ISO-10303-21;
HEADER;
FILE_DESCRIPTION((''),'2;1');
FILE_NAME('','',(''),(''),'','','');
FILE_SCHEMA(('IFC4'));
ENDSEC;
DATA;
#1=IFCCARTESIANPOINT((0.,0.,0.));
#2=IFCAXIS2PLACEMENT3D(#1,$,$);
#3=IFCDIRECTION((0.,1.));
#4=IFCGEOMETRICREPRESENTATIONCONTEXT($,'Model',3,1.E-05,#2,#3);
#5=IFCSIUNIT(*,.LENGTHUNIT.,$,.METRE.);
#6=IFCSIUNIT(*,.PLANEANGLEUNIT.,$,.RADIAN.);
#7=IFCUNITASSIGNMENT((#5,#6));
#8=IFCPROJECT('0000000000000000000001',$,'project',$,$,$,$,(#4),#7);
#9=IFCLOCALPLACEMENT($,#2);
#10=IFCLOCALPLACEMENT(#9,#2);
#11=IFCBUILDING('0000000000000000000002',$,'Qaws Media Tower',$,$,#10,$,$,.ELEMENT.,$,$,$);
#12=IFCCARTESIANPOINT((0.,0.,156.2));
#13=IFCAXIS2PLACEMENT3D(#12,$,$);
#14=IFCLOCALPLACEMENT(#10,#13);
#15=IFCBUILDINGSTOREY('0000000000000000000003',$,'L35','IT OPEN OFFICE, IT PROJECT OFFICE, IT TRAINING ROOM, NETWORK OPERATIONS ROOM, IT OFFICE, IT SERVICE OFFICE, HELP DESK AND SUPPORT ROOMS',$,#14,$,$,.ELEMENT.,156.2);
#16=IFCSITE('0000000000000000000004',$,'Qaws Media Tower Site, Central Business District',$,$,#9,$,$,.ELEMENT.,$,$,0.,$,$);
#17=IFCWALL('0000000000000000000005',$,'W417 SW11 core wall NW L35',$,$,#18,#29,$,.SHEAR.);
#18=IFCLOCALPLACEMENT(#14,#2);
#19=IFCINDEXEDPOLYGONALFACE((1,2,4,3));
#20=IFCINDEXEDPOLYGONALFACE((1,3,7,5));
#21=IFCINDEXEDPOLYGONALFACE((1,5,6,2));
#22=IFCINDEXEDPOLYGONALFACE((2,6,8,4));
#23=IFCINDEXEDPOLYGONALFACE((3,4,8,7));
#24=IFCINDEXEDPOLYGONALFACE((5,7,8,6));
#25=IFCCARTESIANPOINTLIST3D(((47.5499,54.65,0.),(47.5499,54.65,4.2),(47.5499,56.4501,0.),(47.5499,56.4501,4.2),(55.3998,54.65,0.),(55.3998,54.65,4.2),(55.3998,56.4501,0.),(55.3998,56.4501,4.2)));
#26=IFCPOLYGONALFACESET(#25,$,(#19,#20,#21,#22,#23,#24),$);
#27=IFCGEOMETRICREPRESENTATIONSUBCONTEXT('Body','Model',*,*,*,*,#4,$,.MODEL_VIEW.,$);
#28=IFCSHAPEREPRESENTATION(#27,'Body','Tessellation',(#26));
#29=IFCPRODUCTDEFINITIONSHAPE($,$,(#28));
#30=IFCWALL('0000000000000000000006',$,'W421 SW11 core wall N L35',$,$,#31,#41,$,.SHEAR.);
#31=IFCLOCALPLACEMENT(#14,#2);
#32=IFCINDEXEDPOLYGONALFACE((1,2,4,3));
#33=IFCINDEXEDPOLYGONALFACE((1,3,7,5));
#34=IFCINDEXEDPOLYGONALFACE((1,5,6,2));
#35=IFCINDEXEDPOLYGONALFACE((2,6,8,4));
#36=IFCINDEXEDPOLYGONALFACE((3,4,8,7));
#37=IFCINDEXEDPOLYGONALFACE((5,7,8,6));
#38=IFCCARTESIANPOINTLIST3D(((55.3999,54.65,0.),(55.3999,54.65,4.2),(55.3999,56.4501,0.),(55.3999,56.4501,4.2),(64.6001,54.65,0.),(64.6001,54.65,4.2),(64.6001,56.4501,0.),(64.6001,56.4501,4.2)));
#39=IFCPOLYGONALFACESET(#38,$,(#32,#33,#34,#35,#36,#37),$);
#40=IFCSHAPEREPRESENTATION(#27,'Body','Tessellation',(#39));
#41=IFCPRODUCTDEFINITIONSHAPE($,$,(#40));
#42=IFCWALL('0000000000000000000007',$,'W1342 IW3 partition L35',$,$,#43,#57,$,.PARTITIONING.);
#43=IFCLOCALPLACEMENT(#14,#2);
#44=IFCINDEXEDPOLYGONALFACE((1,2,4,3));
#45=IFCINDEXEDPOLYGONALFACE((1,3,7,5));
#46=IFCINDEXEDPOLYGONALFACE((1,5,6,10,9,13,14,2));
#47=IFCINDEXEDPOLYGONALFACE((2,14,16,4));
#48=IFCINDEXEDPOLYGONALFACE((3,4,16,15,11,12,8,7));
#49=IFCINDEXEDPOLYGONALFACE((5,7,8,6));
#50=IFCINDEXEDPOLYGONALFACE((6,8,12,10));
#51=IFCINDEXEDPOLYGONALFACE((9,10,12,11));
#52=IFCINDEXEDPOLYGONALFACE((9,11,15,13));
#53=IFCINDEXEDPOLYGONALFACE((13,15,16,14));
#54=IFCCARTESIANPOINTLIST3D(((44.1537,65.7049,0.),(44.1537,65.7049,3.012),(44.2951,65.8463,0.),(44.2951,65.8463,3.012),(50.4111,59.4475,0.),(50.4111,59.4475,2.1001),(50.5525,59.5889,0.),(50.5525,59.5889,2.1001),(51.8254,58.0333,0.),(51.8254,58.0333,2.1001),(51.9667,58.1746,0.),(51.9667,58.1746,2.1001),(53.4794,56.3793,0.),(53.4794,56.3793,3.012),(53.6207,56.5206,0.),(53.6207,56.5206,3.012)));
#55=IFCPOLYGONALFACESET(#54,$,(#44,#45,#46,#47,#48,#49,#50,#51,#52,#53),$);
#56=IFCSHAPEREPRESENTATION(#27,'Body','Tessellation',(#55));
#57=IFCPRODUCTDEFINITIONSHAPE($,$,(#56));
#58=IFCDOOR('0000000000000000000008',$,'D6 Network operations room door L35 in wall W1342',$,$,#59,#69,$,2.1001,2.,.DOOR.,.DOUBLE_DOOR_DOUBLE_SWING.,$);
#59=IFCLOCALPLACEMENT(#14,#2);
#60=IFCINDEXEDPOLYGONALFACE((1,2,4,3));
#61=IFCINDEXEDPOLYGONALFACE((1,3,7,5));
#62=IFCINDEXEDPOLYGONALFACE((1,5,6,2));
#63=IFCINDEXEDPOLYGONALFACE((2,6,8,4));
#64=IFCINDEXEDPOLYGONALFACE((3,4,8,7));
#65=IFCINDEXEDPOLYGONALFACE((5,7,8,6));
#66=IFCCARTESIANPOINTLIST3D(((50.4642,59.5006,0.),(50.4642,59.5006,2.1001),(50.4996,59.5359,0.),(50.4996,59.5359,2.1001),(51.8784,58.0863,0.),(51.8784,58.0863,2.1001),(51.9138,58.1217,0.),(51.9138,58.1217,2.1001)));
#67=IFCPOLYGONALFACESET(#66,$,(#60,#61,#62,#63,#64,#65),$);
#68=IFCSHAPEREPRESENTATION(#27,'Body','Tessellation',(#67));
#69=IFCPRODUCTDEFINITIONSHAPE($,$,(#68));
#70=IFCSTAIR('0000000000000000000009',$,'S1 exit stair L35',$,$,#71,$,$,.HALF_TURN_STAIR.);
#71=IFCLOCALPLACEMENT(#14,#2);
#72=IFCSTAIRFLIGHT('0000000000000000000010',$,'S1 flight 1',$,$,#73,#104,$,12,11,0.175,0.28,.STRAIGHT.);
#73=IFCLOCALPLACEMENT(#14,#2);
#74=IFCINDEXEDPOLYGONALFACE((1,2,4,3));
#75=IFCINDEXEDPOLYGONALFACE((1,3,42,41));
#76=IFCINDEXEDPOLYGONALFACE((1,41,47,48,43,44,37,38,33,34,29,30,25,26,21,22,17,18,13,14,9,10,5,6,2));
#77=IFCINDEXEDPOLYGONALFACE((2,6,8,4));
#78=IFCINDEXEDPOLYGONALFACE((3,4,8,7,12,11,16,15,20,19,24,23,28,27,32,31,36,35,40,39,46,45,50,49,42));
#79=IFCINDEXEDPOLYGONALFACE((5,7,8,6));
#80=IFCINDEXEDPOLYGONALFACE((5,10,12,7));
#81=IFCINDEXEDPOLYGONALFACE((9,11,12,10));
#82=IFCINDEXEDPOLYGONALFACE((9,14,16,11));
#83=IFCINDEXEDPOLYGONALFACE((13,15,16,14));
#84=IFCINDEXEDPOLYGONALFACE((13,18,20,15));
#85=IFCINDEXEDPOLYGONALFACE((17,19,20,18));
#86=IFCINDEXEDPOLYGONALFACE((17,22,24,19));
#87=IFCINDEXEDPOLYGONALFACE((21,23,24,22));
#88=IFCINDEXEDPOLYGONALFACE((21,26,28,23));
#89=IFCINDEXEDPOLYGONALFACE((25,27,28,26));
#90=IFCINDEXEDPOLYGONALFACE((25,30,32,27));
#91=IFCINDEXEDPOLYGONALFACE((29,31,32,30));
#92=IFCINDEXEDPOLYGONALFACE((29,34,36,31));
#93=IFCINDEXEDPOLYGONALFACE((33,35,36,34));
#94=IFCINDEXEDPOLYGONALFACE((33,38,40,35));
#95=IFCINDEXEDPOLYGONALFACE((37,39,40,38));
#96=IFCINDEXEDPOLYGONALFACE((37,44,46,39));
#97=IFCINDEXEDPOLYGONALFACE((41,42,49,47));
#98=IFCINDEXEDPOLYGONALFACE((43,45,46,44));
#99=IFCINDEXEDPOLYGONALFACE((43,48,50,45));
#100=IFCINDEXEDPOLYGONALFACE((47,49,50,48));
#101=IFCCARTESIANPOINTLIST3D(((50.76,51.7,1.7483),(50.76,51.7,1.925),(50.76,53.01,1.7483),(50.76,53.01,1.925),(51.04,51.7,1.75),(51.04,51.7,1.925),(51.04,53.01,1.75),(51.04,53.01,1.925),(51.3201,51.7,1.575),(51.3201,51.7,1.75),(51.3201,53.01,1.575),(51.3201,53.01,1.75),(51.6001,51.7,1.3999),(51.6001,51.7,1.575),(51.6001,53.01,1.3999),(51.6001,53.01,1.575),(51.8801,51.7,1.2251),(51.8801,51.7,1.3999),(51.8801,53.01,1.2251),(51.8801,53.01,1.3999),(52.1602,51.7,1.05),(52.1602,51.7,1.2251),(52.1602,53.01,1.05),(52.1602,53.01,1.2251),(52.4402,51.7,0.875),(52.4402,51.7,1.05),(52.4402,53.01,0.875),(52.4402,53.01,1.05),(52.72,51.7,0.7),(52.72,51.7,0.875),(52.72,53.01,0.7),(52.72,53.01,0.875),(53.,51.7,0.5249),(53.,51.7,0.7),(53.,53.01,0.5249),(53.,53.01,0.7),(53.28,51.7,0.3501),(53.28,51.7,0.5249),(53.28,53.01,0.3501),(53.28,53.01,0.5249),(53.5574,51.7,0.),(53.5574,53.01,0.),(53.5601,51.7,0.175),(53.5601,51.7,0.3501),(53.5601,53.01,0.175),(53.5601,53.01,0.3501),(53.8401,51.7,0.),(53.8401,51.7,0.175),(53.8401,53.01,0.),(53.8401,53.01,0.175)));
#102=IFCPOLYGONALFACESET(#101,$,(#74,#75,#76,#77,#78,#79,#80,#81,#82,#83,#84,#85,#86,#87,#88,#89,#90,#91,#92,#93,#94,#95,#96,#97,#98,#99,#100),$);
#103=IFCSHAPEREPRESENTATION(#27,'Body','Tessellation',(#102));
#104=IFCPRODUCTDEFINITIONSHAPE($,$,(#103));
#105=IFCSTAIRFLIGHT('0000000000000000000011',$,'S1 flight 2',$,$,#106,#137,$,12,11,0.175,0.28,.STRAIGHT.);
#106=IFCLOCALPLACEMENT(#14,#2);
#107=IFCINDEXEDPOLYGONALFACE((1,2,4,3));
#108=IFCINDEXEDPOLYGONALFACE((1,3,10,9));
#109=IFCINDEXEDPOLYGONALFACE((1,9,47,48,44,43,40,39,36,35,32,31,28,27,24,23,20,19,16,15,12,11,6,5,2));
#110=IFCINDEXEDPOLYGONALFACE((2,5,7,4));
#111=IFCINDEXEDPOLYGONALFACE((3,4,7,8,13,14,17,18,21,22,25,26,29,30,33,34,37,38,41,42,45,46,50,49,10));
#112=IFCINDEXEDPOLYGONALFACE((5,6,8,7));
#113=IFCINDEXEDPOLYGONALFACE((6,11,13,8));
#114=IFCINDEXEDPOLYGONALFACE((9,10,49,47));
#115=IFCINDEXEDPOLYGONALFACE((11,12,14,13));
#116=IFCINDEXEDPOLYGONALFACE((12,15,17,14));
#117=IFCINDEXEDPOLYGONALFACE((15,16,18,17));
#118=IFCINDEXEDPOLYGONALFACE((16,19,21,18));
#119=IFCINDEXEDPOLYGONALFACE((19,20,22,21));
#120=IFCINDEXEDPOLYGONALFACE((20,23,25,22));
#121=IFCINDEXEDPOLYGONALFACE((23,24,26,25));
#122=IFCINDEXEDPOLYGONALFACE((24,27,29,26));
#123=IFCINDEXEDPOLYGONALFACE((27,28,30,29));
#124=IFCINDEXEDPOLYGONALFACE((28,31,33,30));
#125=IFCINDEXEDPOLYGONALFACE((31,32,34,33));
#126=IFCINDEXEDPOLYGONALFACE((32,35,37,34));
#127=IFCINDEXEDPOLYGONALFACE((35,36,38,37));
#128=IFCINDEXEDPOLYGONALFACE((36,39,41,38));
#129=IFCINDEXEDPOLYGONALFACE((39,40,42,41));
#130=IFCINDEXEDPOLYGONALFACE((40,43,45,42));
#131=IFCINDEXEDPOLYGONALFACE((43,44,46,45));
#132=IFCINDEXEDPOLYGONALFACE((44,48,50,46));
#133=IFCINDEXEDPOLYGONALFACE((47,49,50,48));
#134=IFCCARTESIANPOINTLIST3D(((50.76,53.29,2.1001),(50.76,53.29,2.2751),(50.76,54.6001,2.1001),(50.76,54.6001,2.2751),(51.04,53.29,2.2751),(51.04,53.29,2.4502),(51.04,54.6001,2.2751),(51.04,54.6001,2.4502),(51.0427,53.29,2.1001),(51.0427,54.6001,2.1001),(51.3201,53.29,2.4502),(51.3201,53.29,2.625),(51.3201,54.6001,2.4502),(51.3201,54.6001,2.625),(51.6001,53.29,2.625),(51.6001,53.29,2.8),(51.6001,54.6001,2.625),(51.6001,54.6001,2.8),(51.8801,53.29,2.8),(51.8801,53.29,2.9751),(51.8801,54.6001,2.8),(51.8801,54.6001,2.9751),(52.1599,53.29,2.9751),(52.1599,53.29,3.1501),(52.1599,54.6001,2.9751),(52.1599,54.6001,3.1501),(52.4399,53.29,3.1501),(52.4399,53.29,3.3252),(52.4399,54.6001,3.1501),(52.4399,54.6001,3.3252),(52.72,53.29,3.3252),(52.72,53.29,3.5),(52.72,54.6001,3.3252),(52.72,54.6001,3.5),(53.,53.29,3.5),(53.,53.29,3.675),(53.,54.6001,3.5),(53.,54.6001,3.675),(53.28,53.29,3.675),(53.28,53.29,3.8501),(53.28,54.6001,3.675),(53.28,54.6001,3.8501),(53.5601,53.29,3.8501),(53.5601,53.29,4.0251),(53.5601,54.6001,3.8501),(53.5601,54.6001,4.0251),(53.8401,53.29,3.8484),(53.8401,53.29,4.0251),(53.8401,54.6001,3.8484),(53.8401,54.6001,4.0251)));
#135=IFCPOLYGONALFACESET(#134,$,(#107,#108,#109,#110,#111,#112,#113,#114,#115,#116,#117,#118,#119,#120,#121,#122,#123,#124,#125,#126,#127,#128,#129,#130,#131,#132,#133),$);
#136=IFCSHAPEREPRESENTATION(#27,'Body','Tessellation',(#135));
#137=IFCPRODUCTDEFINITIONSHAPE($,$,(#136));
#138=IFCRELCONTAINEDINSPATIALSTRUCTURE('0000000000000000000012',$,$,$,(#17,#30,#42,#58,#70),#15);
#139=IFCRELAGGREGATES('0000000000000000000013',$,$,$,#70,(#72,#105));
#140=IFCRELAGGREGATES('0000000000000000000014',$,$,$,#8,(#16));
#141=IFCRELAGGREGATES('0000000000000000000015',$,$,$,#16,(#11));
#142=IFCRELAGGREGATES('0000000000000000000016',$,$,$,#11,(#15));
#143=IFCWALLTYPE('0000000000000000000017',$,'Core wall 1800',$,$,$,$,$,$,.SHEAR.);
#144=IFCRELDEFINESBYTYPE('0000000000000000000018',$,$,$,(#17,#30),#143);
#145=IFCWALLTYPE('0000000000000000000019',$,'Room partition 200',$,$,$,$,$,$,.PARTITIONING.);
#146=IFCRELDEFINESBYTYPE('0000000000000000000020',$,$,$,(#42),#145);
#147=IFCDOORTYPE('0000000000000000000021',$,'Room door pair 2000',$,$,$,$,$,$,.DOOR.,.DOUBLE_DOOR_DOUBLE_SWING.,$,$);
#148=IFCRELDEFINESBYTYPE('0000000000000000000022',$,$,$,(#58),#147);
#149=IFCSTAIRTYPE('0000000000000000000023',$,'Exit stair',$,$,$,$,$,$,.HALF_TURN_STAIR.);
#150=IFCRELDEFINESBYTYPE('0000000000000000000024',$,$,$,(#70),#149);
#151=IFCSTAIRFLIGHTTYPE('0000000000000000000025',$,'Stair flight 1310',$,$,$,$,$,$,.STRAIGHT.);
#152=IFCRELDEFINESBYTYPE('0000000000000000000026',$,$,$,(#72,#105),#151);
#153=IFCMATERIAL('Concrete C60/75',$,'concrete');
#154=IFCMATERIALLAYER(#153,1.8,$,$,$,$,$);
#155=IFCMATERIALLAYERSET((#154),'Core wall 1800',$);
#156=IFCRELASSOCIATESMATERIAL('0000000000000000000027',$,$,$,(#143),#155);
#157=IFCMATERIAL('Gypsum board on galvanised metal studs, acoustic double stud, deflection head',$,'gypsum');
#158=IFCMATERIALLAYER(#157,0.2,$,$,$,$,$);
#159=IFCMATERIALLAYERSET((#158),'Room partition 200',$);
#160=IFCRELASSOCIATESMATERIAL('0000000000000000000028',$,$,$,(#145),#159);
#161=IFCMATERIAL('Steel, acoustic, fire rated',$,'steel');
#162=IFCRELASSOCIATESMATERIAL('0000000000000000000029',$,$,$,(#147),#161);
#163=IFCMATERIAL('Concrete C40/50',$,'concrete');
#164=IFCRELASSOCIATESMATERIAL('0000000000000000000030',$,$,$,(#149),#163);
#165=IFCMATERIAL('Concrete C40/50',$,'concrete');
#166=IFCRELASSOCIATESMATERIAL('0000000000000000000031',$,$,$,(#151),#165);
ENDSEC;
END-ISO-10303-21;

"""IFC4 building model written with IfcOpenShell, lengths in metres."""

from ifc_helpers import new_model, si_unit, direction, frame, frame_2d, origin, place, context, subcontext, project, spatial, polyline, rectangle, outline, extrude, material, layer, layer_set, type_object, element, fill, aggregate, save


model = new_model("IFC4")

# Units and contexts
model_context = context("Model", 3, precision=1e-05, world=origin(), true_north=direction((0.0, 1.0)))
body_context = subcontext(model_context, "Body", "Model", "MODEL_VIEW")
ifc_project = project(units=[si_unit("LENGTHUNIT", "METRE"), si_unit("PLANEANGLEUNIT", "RADIAN")], contexts=[model_context])

# Site, building, storey
site_placement = place(None, origin())
site = spatial("IfcSite", under=ifc_project, at=site_placement, Name="Qaws Media Tower Site, Central Business District", CompositionType="ELEMENT", RefElevation=0.0)
building_placement = place(site_placement, origin())
building = spatial("IfcBuilding", under=site, at=building_placement, Name="Qaws Media Tower", CompositionType="ELEMENT")
storey_placement = place(building_placement, frame((0.0, 0.0, 156.2)))
storey = spatial("IfcBuildingStorey", under=building, at=storey_placement, Name="L35", Description="IT OPEN OFFICE, IT PROJECT OFFICE, IT TRAINING ROOM, NETWORK OPERATIONS ROOM, IT OFFICE, IT SERVICE OFFICE, HELP DESK AND SUPPORT ROOMS", CompositionType="ELEMENT", Elevation=156.2)

# Walls
ifc_material_1 = material(Name="Concrete C60/75", Category="concrete")
ifc_layer_1 = layer(ifc_material_1, 1.8)
ifc_layer_set_1 = layer_set([ifc_layer_1], Name="Core wall 1800")
wall_type_1 = type_object("IfcWallType", Name="Core wall 1800", PredefinedType="SHEAR", material=ifc_layer_set_1)
wall_1_placement = place(storey_placement, frame((47.55, 55.55, 0.0), z_axis=(0.0, 0.0, 1.0), x_axis=(1.0, 0.0, 0.0)))
element("IfcWall", 1, at=wall_1_placement, inside=storey, type_object=wall_type_1, Name="W417 SW11 core wall NW L35", PredefinedType="SHEAR", context=body_context, shape_type="SweptSolid", body=[
    extrude(rectangle(XDim=7.8499, YDim=1.8, at=frame_2d((3.9248, 0.0))), origin(), (0.0, 0.0, 1.0), 4.2),
])
wall_2_placement = place(storey_placement, frame((55.3999, 55.55, 0.0), z_axis=(0.0, 0.0, 1.0), x_axis=(1.0, 0.0, 0.0)))
element("IfcWall", 2, at=wall_2_placement, inside=storey, type_object=wall_type_1, Name="W421 SW11 core wall N L35", PredefinedType="SHEAR", context=body_context, shape_type="SweptSolid", body=[
    extrude(rectangle(XDim=9.2002, YDim=1.8, at=frame_2d((4.6001, 0.0))), origin(), (0.0, 0.0, 1.0), 4.2),
])

# Wall, opening, door
ifc_material_2 = material(Name="Gypsum board on galvanised metal studs, acoustic double stud, deflection head", Category="gypsum")
ifc_layer_2 = layer(ifc_material_2, 0.2)
ifc_layer_set_2 = layer_set([ifc_layer_2], Name="Room partition 200")
wall_type_2 = type_object("IfcWallType", Name="Room partition 200", PredefinedType="PARTITIONING", material=ifc_layer_set_2)
wall_3_placement = place(storey_placement, frame((53.55, 56.45, 0.0), z_axis=(0.0, 0.0, 1.0), x_axis=(-0.707107, 0.707107, 0.0)))
wall_3 = element("IfcWall", 3, at=wall_3_placement, inside=storey, type_object=wall_type_2, Name="W1342 IW3 partition L35", PredefinedType="PARTITIONING", context=body_context, shape_type="SweptSolid", body=[
    extrude(rectangle(XDim=13.1885, YDim=0.2, at=frame_2d((6.5942, 0.0))), origin(), (0.0, 0.0, 1.0), 3.012),
])
opening_1_placement = place(wall_3_placement, frame((2.3391, 0.0, 0.0)))
opening_1 = element("IfcOpeningElement", 4, at=opening_1_placement, cuts=wall_3, PredefinedType="OPENING", context=body_context, shape_type="SweptSolid", body=[
    extrude(rectangle(XDim=2.0, YDim=2.1001, at=frame_2d((1.0, 1.05))), frame((0.0, 0.1099, 0.0), z_axis=(0.0, -1.0, 0.0), x_axis=(1.0, 0.0, 0.0)), (0.0, 0.0, 1.0), 0.22),
])
ifc_material_3 = material(Name="Steel, acoustic, fire rated", Category="steel")
door_type_1 = type_object("IfcDoorType", Name="Room door pair 2000", OperationType="DOUBLE_DOOR_DOUBLE_SWING", PredefinedType="DOOR", material=ifc_material_3)
door_1_placement = place(opening_1_placement, origin())
door_1 = element("IfcDoor", 5, at=door_1_placement, inside=storey, type_object=door_type_1, Name="D6 Network operations room door L35 in wall W1342", OperationType="DOUBLE_DOOR_DOUBLE_SWING", OverallHeight=2.1001, OverallWidth=2.0, PredefinedType="DOOR", context=body_context, shape_type="SweptSolid", body=[
    extrude(rectangle(XDim=2.0, YDim=2.1001, at=frame_2d((1.0, 1.05))), frame((0.0, 0.0249, 0.0), z_axis=(0.0, -1.0, 0.0), x_axis=(1.0, 0.0, 0.0)), (0.0, 0.0, 1.0), 0.05),
])
fill(opening_1, door_1)

# Stair, stair flights
ifc_material_4 = material(Name="Concrete C40/50", Category="concrete")
stair_type = type_object("IfcStairType", Name="Exit stair", PredefinedType="HALF_TURN_STAIR", material=ifc_material_4)
stair_placement = place(storey_placement, origin())
stair = element("IfcStair", 6, at=stair_placement, inside=storey, type_object=stair_type, Name="S1 exit stair L35", PredefinedType="HALF_TURN_STAIR")
ifc_material_5 = material(Name="Concrete C40/50", Category="concrete")
stair_flight_type = type_object("IfcStairFlightType", Name="Stair flight 1310", PredefinedType="STRAIGHT", material=ifc_material_5)
stair_flight_1_placement = place(storey_placement, frame((53.8401, 52.355, 0.0), z_axis=(0.0, 0.0, 1.0), x_axis=(-1.0, 0.0, 0.0)))
stair_flight_1 = element("IfcStairFlight", 7, at=stair_flight_1_placement, type_object=stair_flight_type, Name="S1 flight 1", NumberOfRisers=12, NumberOfTreads=11, PredefinedType="STRAIGHT", RiserHeight=0.175, TreadLength=0.28, context=body_context, shape_type="SweptSolid", body=[
    extrude(outline(polyline([(0.0, 0.0), (0.0, 0.175), (0.28, 0.175), (0.28, 0.3501), (0.5601, 0.3501), (0.5601, 0.5249), (0.8401, 0.5249), (0.8401, 0.7), (1.1201, 0.7), (1.1201, 0.875), (1.3999, 0.875), (1.3999, 1.05), (1.6799, 1.05), (1.6799, 1.2251), (1.96, 1.2251), (1.96, 1.3999), (2.24, 1.3999), (2.24, 1.575), (2.52, 1.575), (2.52, 1.75), (2.8, 1.75), (2.8, 1.925), (3.0801, 1.925), (3.0801, 2.1001), (3.0801, 1.7483), (0.2827, 0.0), (0.0, 0.0)])), frame((0.0, 0.655, 0.0), z_axis=(0.0, -1.0, 0.0), x_axis=(1.0, 0.0, 0.0)), (0.0, 0.0, 1.0), 1.3101),
])
stair_flight_2_placement = place(storey_placement, frame((50.76, 53.9451, 2.1001), z_axis=(0.0, 0.0, 1.0), x_axis=(1.0, 0.0, 0.0)))
stair_flight_2 = element("IfcStairFlight", 8, at=stair_flight_2_placement, type_object=stair_flight_type, Name="S1 flight 2", NumberOfRisers=12, NumberOfTreads=11, PredefinedType="STRAIGHT", RiserHeight=0.175, TreadLength=0.28, context=body_context, shape_type="SweptSolid", body=[
    extrude(outline(polyline([(0.0, 0.0), (0.0, 0.175), (0.28, 0.175), (0.28, 0.3501), (0.5601, 0.3501), (0.5601, 0.5249), (0.8401, 0.5249), (0.8401, 0.7), (1.1201, 0.7), (1.1201, 0.875), (1.3999, 0.875), (1.3999, 1.05), (1.6799, 1.05), (1.6799, 1.2251), (1.96, 1.2251), (1.96, 1.3999), (2.24, 1.3999), (2.24, 1.575), (2.52, 1.575), (2.52, 1.75), (2.8, 1.75), (2.8, 1.925), (3.0801, 1.925), (3.0801, 2.1001), (3.0801, 1.7483), (0.2827, 0.0), (0.0, 0.0)])), frame((0.0, 0.655, 0.0), z_axis=(0.0, -1.0, 0.0), x_axis=(1.0, 0.0, 0.0)), (0.0, 0.0, 1.0), 1.3101),
])
aggregate(stair, [stair_flight_1, stair_flight_2])

save(model, "model.ifc")
